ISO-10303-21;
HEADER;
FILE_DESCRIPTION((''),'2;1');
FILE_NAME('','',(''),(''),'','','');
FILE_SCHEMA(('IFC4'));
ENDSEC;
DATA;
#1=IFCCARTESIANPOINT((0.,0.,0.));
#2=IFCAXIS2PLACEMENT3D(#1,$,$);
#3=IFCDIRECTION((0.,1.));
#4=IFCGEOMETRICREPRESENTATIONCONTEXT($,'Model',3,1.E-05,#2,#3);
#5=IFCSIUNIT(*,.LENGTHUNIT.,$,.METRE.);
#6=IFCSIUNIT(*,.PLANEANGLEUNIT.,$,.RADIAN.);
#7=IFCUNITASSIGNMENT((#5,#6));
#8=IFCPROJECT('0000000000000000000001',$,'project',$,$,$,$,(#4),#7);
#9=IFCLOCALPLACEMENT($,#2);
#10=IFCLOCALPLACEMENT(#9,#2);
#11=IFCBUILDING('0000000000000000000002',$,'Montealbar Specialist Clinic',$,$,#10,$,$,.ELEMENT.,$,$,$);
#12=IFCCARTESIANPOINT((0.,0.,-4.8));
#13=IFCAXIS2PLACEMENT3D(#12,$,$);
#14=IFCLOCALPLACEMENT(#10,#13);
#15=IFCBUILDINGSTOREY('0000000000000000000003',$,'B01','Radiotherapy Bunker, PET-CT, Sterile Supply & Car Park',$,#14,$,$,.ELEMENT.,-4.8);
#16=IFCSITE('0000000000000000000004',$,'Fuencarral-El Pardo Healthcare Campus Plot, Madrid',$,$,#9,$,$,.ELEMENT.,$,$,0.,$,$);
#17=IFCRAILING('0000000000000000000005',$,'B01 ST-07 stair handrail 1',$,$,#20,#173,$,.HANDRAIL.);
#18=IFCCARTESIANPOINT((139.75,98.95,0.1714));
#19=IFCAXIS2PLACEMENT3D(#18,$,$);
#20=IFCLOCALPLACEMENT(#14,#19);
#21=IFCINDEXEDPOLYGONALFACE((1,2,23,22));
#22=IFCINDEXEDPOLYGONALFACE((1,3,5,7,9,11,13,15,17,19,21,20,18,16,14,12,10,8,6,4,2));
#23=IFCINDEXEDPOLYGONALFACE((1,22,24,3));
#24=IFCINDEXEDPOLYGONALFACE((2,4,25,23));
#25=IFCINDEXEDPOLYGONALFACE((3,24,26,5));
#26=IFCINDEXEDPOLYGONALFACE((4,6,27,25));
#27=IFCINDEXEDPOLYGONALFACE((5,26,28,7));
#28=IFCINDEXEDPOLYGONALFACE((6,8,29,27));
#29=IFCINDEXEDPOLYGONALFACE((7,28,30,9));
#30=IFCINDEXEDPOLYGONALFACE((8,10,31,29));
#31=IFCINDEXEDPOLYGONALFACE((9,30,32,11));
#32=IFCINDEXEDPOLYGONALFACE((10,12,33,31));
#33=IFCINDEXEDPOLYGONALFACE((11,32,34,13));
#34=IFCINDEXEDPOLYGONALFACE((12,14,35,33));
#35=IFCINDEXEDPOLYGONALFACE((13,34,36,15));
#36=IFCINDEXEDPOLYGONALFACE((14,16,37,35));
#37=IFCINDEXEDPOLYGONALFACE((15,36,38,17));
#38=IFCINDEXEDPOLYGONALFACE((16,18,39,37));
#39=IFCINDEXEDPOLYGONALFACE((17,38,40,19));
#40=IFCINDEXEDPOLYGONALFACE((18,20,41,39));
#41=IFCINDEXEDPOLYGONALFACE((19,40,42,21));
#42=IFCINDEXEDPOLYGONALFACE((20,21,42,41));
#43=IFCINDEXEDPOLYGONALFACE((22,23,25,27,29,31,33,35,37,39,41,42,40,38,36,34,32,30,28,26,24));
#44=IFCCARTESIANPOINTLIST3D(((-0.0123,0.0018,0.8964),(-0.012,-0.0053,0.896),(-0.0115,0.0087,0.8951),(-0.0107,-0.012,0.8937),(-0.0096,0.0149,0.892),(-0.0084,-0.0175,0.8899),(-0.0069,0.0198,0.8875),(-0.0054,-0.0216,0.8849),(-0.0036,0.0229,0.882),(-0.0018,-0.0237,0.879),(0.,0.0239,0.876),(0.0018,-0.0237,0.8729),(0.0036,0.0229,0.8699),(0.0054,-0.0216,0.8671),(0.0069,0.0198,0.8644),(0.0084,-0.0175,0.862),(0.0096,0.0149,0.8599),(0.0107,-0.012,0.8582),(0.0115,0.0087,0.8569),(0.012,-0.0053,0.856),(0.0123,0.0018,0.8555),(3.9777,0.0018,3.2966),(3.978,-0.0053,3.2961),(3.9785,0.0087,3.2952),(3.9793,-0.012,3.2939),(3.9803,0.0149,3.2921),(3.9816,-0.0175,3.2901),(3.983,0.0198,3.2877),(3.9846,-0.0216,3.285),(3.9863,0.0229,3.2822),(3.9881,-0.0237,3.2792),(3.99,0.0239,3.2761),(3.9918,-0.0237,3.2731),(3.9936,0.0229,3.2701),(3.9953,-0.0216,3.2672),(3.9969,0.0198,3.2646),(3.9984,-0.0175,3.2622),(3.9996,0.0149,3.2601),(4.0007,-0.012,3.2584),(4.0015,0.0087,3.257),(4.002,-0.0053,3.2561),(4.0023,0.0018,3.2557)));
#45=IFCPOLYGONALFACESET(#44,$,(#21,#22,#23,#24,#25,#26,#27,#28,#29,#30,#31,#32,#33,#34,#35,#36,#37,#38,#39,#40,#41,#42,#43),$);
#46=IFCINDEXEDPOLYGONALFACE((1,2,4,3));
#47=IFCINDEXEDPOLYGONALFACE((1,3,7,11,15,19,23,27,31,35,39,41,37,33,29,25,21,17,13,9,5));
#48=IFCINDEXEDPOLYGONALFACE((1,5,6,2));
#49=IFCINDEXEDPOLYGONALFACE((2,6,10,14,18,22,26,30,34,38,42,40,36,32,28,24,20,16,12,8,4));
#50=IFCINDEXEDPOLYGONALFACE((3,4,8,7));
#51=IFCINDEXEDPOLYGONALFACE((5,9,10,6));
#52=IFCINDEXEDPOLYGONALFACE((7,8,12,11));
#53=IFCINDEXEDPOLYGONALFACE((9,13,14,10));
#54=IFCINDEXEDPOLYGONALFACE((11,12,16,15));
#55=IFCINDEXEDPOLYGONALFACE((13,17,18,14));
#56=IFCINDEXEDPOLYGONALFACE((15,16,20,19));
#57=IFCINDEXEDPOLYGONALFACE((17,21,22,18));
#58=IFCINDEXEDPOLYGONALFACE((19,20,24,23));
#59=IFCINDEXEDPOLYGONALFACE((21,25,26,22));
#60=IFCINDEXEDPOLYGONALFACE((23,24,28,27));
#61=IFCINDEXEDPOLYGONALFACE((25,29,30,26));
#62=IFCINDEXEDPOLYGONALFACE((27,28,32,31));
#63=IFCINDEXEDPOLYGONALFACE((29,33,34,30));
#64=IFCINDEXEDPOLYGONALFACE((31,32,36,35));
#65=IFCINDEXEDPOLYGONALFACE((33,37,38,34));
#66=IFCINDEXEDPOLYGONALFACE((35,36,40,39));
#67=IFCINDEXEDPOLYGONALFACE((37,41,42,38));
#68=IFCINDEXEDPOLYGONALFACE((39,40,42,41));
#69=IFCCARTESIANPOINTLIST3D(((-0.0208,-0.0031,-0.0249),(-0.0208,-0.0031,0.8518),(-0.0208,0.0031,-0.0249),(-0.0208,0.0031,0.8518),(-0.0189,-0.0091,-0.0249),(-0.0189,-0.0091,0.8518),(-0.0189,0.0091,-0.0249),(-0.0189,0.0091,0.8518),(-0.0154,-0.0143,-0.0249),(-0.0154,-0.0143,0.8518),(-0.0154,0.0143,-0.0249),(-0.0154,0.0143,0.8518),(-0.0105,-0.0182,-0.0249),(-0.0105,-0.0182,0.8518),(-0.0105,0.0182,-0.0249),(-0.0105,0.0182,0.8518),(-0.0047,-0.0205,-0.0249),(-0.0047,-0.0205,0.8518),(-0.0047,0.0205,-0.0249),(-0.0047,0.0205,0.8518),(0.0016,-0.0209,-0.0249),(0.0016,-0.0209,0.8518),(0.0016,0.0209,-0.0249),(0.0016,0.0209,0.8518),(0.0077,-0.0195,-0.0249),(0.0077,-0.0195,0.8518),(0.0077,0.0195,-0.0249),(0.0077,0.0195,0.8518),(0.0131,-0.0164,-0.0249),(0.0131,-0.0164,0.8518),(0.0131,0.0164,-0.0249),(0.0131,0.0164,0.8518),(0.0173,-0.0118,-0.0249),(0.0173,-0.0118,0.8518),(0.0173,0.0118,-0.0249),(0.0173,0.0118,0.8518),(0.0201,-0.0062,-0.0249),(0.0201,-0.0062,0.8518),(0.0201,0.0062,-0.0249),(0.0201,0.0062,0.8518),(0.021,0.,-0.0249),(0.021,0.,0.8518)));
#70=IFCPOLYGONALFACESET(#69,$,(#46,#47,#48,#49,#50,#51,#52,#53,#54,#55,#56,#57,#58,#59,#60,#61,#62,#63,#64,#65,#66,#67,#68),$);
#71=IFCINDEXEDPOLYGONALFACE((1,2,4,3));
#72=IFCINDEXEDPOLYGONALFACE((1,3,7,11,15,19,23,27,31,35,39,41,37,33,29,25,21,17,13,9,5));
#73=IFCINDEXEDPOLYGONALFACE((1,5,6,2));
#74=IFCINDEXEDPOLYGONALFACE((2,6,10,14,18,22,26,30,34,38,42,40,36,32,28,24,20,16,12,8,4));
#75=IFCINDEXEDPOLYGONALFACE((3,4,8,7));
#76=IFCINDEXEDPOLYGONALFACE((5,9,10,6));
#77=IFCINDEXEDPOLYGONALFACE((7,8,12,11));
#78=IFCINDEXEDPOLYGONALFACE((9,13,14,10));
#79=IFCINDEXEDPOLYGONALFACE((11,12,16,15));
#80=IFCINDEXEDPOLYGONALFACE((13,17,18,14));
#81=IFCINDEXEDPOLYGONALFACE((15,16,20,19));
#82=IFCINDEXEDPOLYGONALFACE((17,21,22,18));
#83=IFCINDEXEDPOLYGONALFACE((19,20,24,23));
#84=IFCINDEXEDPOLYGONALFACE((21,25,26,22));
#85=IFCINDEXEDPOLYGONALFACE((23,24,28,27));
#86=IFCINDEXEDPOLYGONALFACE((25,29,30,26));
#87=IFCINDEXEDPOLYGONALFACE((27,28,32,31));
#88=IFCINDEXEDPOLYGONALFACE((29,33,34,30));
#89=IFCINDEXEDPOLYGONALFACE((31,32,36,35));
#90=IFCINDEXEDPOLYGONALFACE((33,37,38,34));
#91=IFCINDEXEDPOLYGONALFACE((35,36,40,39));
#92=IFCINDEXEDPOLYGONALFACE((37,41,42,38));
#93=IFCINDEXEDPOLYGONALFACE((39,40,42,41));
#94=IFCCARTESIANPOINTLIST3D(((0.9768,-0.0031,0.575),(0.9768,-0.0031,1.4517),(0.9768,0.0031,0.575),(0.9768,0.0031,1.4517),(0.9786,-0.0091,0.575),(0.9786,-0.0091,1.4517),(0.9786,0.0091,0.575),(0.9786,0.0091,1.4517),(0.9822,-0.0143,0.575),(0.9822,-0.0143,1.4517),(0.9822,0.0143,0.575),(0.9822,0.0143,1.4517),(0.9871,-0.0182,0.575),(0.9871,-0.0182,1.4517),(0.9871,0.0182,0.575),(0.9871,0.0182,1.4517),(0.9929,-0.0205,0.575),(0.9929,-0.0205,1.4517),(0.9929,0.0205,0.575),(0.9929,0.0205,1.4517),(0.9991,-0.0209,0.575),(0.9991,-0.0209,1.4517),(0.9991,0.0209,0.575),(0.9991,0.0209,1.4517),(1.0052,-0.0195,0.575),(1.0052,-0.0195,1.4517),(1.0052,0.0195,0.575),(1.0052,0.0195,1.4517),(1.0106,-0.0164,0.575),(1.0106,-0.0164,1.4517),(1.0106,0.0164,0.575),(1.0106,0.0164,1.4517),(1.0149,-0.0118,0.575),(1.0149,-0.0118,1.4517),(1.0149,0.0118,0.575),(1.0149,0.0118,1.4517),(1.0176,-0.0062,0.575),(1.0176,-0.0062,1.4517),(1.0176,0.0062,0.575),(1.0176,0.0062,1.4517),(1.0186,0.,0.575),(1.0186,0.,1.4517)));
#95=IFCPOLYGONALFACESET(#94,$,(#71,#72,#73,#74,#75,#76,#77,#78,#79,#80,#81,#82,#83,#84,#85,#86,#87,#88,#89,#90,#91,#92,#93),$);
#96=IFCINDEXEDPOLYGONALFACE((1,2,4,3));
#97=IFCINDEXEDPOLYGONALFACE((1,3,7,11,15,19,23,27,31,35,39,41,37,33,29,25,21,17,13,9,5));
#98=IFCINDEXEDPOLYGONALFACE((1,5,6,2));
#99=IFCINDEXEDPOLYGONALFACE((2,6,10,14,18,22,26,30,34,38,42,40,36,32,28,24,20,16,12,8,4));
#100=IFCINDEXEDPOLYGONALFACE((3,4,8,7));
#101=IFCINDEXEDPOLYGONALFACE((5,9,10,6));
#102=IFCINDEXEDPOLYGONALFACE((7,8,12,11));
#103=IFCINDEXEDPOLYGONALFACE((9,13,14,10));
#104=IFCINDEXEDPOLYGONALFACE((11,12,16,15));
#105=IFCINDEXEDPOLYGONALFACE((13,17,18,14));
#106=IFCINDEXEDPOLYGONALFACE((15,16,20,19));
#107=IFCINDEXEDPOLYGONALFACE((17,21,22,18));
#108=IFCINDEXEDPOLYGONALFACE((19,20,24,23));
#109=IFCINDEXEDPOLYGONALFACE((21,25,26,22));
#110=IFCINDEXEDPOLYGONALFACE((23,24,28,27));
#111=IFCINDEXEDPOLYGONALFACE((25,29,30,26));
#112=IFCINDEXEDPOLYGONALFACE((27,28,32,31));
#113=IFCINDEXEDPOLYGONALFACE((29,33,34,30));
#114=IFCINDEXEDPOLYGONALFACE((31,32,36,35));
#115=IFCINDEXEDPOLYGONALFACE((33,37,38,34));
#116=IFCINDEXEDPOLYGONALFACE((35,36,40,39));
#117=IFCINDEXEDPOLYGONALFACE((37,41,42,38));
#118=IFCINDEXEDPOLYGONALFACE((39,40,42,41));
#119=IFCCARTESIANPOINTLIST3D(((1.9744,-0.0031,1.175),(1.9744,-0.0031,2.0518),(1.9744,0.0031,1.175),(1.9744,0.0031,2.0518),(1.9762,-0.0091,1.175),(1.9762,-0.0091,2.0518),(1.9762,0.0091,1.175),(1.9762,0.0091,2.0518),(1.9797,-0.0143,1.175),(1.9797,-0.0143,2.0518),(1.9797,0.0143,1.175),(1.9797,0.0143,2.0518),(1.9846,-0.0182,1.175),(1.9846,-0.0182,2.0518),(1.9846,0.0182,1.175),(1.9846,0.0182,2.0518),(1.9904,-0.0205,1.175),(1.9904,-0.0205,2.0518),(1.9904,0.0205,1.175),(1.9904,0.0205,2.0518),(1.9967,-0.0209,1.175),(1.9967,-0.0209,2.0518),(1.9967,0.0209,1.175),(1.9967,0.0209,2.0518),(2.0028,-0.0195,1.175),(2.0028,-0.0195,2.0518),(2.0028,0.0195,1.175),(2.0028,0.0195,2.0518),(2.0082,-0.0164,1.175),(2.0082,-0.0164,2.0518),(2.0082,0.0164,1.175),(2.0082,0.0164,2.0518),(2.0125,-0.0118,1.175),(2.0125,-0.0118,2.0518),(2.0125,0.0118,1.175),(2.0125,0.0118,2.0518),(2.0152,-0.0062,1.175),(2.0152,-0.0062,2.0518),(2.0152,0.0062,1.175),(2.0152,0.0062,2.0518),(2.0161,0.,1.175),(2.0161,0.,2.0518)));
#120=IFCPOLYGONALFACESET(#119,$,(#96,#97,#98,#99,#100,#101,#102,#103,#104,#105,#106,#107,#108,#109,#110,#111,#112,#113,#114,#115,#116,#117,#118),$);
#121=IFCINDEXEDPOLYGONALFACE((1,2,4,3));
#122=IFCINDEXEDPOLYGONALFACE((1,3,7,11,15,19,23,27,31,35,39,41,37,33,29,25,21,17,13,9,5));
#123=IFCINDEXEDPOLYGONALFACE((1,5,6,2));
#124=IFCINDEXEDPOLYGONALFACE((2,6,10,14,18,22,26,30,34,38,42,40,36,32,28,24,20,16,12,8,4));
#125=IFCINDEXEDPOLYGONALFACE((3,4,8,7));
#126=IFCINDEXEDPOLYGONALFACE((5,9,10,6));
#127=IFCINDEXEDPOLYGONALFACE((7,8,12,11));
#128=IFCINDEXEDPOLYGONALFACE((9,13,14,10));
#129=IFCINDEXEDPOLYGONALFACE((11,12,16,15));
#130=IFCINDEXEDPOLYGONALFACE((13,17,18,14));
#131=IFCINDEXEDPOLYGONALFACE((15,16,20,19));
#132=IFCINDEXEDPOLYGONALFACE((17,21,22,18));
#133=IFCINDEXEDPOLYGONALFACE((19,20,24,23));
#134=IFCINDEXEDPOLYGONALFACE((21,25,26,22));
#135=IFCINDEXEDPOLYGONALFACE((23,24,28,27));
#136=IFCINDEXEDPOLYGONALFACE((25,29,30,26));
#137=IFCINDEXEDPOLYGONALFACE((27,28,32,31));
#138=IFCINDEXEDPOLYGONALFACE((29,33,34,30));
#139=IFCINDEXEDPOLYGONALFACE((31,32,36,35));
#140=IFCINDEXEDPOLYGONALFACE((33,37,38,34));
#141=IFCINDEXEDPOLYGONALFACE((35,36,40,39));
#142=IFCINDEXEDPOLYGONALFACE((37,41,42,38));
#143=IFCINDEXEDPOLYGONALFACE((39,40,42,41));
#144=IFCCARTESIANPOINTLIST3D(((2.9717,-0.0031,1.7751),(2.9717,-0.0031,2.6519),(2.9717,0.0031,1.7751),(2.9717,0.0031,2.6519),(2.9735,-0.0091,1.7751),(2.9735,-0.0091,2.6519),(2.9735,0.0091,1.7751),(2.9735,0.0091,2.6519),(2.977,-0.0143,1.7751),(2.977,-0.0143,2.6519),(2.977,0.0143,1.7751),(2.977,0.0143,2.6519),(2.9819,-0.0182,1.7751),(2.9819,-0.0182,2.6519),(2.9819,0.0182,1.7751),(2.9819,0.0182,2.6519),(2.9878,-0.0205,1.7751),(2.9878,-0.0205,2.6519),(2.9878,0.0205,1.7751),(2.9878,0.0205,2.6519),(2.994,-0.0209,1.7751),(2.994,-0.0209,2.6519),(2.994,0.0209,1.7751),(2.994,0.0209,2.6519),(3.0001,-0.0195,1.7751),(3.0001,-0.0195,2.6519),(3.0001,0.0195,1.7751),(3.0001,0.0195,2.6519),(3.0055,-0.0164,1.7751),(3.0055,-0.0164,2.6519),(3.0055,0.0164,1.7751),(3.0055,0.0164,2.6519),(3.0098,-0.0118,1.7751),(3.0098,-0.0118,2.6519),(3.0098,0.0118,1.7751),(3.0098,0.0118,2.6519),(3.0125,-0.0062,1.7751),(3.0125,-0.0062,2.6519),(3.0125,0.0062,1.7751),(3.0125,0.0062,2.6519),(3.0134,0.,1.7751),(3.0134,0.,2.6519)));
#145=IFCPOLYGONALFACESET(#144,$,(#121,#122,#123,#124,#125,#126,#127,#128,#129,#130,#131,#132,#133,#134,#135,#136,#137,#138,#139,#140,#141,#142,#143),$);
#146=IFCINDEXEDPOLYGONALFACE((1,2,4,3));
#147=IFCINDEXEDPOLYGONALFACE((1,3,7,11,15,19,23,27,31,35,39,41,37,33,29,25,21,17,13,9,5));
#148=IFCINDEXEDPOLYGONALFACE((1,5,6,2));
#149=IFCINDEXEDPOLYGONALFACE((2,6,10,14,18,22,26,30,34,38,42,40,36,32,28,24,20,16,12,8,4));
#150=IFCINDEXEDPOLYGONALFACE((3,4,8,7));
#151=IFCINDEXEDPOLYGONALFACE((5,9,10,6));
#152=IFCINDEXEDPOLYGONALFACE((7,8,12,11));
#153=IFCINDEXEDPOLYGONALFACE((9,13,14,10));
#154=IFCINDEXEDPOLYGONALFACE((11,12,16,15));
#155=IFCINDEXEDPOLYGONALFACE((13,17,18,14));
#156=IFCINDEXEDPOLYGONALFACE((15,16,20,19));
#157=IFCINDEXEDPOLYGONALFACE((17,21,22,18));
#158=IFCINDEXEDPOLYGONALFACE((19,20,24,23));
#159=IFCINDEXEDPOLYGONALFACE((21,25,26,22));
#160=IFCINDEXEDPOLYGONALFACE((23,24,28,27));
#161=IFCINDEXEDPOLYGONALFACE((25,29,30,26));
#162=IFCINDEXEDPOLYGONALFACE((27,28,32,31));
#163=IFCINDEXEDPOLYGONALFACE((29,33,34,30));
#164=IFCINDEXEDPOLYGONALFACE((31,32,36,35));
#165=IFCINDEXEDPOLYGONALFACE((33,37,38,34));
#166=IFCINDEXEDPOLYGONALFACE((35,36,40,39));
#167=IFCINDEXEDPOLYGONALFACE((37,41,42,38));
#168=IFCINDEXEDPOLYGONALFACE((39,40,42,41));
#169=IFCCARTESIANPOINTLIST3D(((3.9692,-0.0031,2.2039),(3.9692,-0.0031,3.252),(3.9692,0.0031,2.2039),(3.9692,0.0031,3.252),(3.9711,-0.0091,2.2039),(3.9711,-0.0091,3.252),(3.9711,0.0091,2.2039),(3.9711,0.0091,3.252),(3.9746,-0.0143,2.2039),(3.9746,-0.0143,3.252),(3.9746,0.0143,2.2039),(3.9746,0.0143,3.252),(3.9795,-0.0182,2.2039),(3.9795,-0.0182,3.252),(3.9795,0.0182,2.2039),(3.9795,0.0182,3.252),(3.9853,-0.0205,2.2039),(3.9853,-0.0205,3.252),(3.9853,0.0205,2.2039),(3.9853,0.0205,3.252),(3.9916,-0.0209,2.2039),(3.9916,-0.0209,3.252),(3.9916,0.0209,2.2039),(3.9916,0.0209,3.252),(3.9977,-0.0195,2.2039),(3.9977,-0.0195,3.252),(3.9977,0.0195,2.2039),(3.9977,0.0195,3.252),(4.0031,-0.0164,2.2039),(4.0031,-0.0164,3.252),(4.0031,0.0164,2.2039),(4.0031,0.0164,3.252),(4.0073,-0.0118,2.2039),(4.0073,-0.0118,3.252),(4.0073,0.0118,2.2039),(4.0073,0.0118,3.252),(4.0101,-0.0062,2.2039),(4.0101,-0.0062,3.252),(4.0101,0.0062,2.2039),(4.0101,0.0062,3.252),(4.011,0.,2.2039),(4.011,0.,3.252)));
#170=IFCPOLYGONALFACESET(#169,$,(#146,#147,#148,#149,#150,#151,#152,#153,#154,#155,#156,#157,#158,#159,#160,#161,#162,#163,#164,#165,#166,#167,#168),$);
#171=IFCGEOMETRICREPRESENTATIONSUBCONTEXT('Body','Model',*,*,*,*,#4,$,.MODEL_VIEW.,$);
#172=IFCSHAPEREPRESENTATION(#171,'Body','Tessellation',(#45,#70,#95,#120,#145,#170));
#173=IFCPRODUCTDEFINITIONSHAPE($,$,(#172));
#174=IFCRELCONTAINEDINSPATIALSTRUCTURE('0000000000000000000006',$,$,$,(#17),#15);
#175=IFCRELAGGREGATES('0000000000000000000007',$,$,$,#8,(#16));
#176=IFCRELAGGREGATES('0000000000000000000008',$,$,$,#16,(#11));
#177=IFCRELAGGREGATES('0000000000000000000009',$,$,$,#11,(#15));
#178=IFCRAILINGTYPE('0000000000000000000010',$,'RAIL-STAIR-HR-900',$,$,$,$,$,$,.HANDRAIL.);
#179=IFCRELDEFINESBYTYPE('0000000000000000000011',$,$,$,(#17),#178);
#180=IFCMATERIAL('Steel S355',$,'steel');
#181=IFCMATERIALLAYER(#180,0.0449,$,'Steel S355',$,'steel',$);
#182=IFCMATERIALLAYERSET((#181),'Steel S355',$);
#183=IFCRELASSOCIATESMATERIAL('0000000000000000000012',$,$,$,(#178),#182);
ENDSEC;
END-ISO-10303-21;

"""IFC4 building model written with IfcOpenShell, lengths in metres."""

from ifc_helpers import new_model, si_unit, direction, frame, origin, origin_2d, place, context, subcontext, project, spatial, circle, extrude, material, layer, layer_set, type_object, element, save


model = new_model("IFC4")

# Units and contexts
model_context = context("Model", 3, precision=1e-05, world=origin(), true_north=direction((0.0, 1.0)))
body_context = subcontext(model_context, "Body", "Model", "MODEL_VIEW")
ifc_project = project(units=[si_unit("LENGTHUNIT", "METRE"), si_unit("PLANEANGLEUNIT", "RADIAN")], contexts=[model_context])

# Site, building, storey
site_placement = place(None, origin())
site = spatial("IfcSite", under=ifc_project, at=site_placement, Name="Fuencarral-El Pardo Healthcare Campus Plot, Madrid", CompositionType="ELEMENT", RefElevation=0.0)
building_placement = place(site_placement, origin())
building = spatial("IfcBuilding", under=site, at=building_placement, Name="Montealbar Specialist Clinic", CompositionType="ELEMENT")
storey_placement = place(building_placement, frame((0.0, 0.0, -4.8)))
storey = spatial("IfcBuildingStorey", under=building, at=storey_placement, Name="B01", Description="Radiotherapy Bunker, PET-CT, Sterile Supply & Car Park", CompositionType="ELEMENT", Elevation=-4.8)

# Shared definitions
ifc_material_1 = material(Name="Steel S355", Category="steel")

# Railing
ifc_layer_1 = layer(ifc_material_1, 0.0449, Name="Steel S355", Category="steel")
ifc_layer_set_1 = layer_set([ifc_layer_1], Name="Steel S355")
railing_type_1 = type_object("IfcRailingType", Name="RAIL-STAIR-HR-900", PredefinedType="HANDRAIL", material=ifc_layer_set_1)
railing_1_placement = place(storey_placement, frame((139.75, 98.95, 0.1714)))
element("IfcRailing", 1, at=railing_1_placement, inside=storey, type_object=railing_type_1, Name="B01 ST-07 stair handrail 1", PredefinedType="HANDRAIL", context=body_context, shape_type="SweptSolid", body=[
    extrude(circle(Radius=0.0239, at=origin_2d()), frame((0.0, 0.0, 0.876), z_axis=(0.856909, 0.0, 0.515467), x_axis=(0.0, 1.0, 0.0)), (0.0, 0.0, 1.0), 4.6562),
    extrude(circle(Radius=0.021, at=origin_2d()), frame((0.0, 0.0, -0.0249)), (0.0, 0.0, 1.0), 0.8767),
    extrude(circle(Radius=0.021, at=origin_2d()), frame((0.9976, 0.0, 0.575)), (0.0, 0.0, 1.0), 0.8767),
    extrude(circle(Radius=0.021, at=origin_2d()), frame((1.9951, 0.0, 1.175)), (0.0, 0.0, 1.0), 0.8767),
    extrude(circle(Radius=0.021, at=origin_2d()), frame((2.9924, 0.0, 1.7751)), (0.0, 0.0, 1.0), 0.8767),
    extrude(circle(Radius=0.021, at=origin_2d()), frame((3.99, 0.0, 2.2039)), (0.0, 0.0, 1.0), 1.0481),
])

save(model, "model.ifc")
